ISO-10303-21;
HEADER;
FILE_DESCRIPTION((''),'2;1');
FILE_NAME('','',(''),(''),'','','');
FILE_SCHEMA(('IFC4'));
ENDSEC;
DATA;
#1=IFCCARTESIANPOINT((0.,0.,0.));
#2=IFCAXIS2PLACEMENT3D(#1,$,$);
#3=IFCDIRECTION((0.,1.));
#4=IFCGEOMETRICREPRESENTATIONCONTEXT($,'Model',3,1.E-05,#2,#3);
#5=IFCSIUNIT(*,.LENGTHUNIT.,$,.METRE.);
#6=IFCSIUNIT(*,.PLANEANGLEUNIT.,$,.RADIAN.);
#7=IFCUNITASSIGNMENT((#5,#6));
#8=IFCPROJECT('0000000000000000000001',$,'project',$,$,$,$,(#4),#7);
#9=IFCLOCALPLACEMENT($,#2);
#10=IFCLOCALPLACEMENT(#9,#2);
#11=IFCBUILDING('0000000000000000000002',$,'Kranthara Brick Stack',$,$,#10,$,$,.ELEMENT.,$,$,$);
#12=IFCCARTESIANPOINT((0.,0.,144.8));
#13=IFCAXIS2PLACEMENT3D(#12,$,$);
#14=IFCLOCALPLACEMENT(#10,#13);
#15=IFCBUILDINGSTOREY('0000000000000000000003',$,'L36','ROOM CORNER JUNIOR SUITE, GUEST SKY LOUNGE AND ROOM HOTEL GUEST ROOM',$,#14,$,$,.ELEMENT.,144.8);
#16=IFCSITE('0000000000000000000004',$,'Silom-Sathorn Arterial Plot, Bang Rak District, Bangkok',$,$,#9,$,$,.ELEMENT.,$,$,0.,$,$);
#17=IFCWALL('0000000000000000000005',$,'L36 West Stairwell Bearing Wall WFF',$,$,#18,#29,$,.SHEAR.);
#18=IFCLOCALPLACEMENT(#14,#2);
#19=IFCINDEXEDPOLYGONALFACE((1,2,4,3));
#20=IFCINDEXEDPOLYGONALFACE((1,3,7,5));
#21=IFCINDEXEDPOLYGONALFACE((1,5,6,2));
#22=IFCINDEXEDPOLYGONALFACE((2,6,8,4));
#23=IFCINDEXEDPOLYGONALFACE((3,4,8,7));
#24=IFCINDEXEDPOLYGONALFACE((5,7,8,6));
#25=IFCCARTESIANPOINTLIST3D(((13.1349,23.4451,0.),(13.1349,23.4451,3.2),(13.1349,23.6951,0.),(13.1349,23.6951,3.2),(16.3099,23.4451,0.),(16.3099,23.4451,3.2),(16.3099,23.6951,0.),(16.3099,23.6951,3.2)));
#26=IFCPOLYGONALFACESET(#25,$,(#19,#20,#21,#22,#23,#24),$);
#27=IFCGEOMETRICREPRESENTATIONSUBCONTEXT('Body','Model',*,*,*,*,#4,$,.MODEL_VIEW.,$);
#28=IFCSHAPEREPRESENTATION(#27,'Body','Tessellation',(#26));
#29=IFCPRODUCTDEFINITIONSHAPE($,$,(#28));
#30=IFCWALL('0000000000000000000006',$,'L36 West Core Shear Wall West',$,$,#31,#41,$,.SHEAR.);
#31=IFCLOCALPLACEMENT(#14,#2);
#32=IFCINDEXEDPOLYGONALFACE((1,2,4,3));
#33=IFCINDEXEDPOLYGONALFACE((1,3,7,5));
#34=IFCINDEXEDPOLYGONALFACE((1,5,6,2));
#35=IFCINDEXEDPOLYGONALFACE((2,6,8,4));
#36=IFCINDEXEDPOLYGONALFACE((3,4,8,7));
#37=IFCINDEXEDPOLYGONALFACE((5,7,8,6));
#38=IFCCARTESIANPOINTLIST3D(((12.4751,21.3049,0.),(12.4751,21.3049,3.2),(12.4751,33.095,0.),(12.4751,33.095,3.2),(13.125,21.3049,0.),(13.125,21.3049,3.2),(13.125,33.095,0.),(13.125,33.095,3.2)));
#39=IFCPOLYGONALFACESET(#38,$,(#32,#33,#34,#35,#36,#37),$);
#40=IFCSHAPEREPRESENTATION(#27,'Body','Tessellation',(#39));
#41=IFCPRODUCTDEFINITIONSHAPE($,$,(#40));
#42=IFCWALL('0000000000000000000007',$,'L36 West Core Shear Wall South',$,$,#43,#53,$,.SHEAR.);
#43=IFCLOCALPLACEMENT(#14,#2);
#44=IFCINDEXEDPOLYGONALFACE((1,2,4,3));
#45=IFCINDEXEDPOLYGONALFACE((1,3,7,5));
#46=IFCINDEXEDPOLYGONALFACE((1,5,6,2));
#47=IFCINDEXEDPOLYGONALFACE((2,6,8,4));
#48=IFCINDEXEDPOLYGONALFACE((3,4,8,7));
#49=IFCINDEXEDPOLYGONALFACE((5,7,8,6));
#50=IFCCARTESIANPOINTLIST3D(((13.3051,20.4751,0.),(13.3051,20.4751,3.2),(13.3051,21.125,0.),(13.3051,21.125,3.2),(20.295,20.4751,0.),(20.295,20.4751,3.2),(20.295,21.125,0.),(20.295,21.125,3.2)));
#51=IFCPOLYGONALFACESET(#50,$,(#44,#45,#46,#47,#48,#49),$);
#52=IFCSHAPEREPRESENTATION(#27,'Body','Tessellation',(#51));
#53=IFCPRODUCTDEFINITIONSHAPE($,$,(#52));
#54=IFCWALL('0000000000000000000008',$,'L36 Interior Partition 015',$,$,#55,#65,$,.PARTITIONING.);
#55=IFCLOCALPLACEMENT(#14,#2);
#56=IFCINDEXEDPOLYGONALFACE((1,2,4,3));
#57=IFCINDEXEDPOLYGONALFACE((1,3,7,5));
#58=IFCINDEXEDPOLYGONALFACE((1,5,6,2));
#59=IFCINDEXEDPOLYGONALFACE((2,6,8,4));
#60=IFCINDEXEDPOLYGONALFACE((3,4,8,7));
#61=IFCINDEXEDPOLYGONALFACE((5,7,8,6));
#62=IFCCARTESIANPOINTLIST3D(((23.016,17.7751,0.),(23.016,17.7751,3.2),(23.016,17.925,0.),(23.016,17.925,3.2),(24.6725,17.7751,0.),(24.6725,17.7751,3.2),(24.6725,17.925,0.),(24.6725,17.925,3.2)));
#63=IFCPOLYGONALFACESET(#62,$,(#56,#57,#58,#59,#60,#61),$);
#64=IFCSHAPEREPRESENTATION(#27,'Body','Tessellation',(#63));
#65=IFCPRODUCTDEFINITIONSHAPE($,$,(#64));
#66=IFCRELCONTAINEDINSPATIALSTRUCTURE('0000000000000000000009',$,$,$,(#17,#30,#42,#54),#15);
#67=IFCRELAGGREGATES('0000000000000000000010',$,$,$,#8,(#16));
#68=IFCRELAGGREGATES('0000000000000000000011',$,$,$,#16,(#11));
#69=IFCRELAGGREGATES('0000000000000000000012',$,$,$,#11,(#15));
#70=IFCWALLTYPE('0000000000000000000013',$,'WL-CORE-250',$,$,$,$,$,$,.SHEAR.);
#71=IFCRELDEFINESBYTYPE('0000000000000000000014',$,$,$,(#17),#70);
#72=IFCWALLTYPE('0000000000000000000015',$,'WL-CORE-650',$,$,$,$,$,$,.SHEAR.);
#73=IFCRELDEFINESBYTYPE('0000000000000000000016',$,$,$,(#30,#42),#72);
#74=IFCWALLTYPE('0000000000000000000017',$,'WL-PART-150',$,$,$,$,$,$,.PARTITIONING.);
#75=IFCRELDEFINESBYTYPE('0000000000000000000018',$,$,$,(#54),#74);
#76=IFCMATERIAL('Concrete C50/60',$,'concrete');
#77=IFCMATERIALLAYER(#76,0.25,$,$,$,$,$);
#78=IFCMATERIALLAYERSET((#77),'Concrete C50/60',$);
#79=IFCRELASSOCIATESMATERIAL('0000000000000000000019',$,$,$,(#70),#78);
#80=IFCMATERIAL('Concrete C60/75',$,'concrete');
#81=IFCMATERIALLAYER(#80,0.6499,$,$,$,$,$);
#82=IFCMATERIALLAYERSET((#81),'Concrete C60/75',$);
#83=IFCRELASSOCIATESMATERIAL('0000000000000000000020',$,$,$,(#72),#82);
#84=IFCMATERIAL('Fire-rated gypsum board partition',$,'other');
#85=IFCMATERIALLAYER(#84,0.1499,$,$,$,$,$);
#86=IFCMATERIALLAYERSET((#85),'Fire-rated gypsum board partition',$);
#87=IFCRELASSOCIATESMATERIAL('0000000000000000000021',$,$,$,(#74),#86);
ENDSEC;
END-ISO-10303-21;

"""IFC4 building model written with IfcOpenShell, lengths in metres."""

from ifc_helpers import new_model, si_unit, direction, frame, frame_2d, origin, place, context, subcontext, project, spatial, rectangle, extrude, material, layer, layer_set, type_object, element, save


model = new_model("IFC4")

# Units and contexts
model_context = context("Model", 3, precision=1e-05, world=origin(), true_north=direction((0.0, 1.0)))
body_context = subcontext(model_context, "Body", "Model", "MODEL_VIEW")
ifc_project = project(units=[si_unit("LENGTHUNIT", "METRE"), si_unit("PLANEANGLEUNIT", "RADIAN")], contexts=[model_context])

# Site, building, storey
site_placement = place(None, origin())
site = spatial("IfcSite", under=ifc_project, at=site_placement, Name="Silom-Sathorn Arterial Plot, Bang Rak District, Bangkok", CompositionType="ELEMENT", RefElevation=0.0)
building_placement = place(site_placement, origin())
building = spatial("IfcBuilding", under=site, at=building_placement, Name="Kranthara Brick Stack", CompositionType="ELEMENT")
storey_placement = place(building_placement, frame((0.0, 0.0, 144.8)))
storey = spatial("IfcBuildingStorey", under=building, at=storey_placement, Name="L36", Description="ROOM CORNER JUNIOR SUITE, GUEST SKY LOUNGE AND ROOM HOTEL GUEST ROOM", CompositionType="ELEMENT", Elevation=144.8)

# Shared definitions
ifc_material_1 = material(Name="Concrete C50/60", Category="concrete")
ifc_layer_1 = layer(ifc_material_1, 0.25)
ifc_layer_set_1 = layer_set([ifc_layer_1], Name="Concrete C50/60")
wall_type_1 = type_object("IfcWallType", Name="WL-CORE-250", PredefinedType="SHEAR", material=ifc_layer_set_1)

# Walls
wall_1_placement = place(storey_placement, frame((13.135, 23.5701, 0.0), z_axis=(0.0, 0.0, 1.0), x_axis=(1.0, 0.0, 0.0)))
element("IfcWall", 1, at=wall_1_placement, inside=storey, type_object=wall_type_1, Name="L36 West Stairwell Bearing Wall WFF", PredefinedType="SHEAR", context=body_context, shape_type="SweptSolid", body=[
    extrude(rectangle(XDim=3.175, YDim=0.25, at=frame_2d((1.5874, 0.0))), origin(), (0.0, 0.0, 1.0), 3.2),
])
ifc_material_2 = material(Name="Concrete C60/75", Category="concrete")
ifc_layer_2 = layer(ifc_material_2, 0.6499)
ifc_layer_set_2 = layer_set([ifc_layer_2], Name="Concrete C60/75")
wall_type_2 = type_object("IfcWallType", Name="WL-CORE-650", PredefinedType="SHEAR", material=ifc_layer_set_2)
wall_2_placement = place(storey_placement, frame((12.8, 21.3049, 0.0), z_axis=(0.0, 0.0, 1.0), x_axis=(0.0, 1.0, 0.0)))
element("IfcWall", 2, at=wall_2_placement, inside=storey, type_object=wall_type_2, Name="L36 West Core Shear Wall West", PredefinedType="SHEAR", context=body_context, shape_type="SweptSolid", body=[
    extrude(rectangle(XDim=11.79, YDim=0.6499, at=frame_2d((5.895, 0.0))), origin(), (0.0, 0.0, 1.0), 3.2),
])
wall_3_placement = place(storey_placement, frame((13.3049, 20.8, 0.0), z_axis=(0.0, 0.0, 1.0), x_axis=(1.0, 0.0, 0.0)))
element("IfcWall", 3, at=wall_3_placement, inside=storey, type_object=wall_type_2, Name="L36 West Core Shear Wall South", PredefinedType="SHEAR", context=body_context, shape_type="SweptSolid", body=[
    extrude(rectangle(XDim=6.99, YDim=0.6499, at=frame_2d((3.4951, 0.0))), origin(), (0.0, 0.0, 1.0), 3.2),
])

# Wall
ifc_material_3 = material(Name="Fire-rated gypsum board partition", Category="other")
ifc_layer_3 = layer(ifc_material_3, 0.1499)
ifc_layer_set_3 = layer_set([ifc_layer_3], Name="Fire-rated gypsum board partition")
wall_type_3 = type_object("IfcWallType", Name="WL-PART-150", PredefinedType="PARTITIONING", material=ifc_layer_set_3)
wall_4_placement = place(storey_placement, frame((23.0161, 17.8501, 0.0), z_axis=(0.0, 0.0, 1.0), x_axis=(1.0, 0.0, 0.0)))
element("IfcWall", 4, at=wall_4_placement, inside=storey, type_object=wall_type_3, Name="L36 Interior Partition 015", PredefinedType="PARTITIONING", context=body_context, shape_type="SweptSolid", body=[
    extrude(rectangle(XDim=1.6565, YDim=0.1499, at=frame_2d((0.8281, 0.0))), origin(), (0.0, 0.0, 1.0), 3.2),
])

save(model, "model.ifc")
